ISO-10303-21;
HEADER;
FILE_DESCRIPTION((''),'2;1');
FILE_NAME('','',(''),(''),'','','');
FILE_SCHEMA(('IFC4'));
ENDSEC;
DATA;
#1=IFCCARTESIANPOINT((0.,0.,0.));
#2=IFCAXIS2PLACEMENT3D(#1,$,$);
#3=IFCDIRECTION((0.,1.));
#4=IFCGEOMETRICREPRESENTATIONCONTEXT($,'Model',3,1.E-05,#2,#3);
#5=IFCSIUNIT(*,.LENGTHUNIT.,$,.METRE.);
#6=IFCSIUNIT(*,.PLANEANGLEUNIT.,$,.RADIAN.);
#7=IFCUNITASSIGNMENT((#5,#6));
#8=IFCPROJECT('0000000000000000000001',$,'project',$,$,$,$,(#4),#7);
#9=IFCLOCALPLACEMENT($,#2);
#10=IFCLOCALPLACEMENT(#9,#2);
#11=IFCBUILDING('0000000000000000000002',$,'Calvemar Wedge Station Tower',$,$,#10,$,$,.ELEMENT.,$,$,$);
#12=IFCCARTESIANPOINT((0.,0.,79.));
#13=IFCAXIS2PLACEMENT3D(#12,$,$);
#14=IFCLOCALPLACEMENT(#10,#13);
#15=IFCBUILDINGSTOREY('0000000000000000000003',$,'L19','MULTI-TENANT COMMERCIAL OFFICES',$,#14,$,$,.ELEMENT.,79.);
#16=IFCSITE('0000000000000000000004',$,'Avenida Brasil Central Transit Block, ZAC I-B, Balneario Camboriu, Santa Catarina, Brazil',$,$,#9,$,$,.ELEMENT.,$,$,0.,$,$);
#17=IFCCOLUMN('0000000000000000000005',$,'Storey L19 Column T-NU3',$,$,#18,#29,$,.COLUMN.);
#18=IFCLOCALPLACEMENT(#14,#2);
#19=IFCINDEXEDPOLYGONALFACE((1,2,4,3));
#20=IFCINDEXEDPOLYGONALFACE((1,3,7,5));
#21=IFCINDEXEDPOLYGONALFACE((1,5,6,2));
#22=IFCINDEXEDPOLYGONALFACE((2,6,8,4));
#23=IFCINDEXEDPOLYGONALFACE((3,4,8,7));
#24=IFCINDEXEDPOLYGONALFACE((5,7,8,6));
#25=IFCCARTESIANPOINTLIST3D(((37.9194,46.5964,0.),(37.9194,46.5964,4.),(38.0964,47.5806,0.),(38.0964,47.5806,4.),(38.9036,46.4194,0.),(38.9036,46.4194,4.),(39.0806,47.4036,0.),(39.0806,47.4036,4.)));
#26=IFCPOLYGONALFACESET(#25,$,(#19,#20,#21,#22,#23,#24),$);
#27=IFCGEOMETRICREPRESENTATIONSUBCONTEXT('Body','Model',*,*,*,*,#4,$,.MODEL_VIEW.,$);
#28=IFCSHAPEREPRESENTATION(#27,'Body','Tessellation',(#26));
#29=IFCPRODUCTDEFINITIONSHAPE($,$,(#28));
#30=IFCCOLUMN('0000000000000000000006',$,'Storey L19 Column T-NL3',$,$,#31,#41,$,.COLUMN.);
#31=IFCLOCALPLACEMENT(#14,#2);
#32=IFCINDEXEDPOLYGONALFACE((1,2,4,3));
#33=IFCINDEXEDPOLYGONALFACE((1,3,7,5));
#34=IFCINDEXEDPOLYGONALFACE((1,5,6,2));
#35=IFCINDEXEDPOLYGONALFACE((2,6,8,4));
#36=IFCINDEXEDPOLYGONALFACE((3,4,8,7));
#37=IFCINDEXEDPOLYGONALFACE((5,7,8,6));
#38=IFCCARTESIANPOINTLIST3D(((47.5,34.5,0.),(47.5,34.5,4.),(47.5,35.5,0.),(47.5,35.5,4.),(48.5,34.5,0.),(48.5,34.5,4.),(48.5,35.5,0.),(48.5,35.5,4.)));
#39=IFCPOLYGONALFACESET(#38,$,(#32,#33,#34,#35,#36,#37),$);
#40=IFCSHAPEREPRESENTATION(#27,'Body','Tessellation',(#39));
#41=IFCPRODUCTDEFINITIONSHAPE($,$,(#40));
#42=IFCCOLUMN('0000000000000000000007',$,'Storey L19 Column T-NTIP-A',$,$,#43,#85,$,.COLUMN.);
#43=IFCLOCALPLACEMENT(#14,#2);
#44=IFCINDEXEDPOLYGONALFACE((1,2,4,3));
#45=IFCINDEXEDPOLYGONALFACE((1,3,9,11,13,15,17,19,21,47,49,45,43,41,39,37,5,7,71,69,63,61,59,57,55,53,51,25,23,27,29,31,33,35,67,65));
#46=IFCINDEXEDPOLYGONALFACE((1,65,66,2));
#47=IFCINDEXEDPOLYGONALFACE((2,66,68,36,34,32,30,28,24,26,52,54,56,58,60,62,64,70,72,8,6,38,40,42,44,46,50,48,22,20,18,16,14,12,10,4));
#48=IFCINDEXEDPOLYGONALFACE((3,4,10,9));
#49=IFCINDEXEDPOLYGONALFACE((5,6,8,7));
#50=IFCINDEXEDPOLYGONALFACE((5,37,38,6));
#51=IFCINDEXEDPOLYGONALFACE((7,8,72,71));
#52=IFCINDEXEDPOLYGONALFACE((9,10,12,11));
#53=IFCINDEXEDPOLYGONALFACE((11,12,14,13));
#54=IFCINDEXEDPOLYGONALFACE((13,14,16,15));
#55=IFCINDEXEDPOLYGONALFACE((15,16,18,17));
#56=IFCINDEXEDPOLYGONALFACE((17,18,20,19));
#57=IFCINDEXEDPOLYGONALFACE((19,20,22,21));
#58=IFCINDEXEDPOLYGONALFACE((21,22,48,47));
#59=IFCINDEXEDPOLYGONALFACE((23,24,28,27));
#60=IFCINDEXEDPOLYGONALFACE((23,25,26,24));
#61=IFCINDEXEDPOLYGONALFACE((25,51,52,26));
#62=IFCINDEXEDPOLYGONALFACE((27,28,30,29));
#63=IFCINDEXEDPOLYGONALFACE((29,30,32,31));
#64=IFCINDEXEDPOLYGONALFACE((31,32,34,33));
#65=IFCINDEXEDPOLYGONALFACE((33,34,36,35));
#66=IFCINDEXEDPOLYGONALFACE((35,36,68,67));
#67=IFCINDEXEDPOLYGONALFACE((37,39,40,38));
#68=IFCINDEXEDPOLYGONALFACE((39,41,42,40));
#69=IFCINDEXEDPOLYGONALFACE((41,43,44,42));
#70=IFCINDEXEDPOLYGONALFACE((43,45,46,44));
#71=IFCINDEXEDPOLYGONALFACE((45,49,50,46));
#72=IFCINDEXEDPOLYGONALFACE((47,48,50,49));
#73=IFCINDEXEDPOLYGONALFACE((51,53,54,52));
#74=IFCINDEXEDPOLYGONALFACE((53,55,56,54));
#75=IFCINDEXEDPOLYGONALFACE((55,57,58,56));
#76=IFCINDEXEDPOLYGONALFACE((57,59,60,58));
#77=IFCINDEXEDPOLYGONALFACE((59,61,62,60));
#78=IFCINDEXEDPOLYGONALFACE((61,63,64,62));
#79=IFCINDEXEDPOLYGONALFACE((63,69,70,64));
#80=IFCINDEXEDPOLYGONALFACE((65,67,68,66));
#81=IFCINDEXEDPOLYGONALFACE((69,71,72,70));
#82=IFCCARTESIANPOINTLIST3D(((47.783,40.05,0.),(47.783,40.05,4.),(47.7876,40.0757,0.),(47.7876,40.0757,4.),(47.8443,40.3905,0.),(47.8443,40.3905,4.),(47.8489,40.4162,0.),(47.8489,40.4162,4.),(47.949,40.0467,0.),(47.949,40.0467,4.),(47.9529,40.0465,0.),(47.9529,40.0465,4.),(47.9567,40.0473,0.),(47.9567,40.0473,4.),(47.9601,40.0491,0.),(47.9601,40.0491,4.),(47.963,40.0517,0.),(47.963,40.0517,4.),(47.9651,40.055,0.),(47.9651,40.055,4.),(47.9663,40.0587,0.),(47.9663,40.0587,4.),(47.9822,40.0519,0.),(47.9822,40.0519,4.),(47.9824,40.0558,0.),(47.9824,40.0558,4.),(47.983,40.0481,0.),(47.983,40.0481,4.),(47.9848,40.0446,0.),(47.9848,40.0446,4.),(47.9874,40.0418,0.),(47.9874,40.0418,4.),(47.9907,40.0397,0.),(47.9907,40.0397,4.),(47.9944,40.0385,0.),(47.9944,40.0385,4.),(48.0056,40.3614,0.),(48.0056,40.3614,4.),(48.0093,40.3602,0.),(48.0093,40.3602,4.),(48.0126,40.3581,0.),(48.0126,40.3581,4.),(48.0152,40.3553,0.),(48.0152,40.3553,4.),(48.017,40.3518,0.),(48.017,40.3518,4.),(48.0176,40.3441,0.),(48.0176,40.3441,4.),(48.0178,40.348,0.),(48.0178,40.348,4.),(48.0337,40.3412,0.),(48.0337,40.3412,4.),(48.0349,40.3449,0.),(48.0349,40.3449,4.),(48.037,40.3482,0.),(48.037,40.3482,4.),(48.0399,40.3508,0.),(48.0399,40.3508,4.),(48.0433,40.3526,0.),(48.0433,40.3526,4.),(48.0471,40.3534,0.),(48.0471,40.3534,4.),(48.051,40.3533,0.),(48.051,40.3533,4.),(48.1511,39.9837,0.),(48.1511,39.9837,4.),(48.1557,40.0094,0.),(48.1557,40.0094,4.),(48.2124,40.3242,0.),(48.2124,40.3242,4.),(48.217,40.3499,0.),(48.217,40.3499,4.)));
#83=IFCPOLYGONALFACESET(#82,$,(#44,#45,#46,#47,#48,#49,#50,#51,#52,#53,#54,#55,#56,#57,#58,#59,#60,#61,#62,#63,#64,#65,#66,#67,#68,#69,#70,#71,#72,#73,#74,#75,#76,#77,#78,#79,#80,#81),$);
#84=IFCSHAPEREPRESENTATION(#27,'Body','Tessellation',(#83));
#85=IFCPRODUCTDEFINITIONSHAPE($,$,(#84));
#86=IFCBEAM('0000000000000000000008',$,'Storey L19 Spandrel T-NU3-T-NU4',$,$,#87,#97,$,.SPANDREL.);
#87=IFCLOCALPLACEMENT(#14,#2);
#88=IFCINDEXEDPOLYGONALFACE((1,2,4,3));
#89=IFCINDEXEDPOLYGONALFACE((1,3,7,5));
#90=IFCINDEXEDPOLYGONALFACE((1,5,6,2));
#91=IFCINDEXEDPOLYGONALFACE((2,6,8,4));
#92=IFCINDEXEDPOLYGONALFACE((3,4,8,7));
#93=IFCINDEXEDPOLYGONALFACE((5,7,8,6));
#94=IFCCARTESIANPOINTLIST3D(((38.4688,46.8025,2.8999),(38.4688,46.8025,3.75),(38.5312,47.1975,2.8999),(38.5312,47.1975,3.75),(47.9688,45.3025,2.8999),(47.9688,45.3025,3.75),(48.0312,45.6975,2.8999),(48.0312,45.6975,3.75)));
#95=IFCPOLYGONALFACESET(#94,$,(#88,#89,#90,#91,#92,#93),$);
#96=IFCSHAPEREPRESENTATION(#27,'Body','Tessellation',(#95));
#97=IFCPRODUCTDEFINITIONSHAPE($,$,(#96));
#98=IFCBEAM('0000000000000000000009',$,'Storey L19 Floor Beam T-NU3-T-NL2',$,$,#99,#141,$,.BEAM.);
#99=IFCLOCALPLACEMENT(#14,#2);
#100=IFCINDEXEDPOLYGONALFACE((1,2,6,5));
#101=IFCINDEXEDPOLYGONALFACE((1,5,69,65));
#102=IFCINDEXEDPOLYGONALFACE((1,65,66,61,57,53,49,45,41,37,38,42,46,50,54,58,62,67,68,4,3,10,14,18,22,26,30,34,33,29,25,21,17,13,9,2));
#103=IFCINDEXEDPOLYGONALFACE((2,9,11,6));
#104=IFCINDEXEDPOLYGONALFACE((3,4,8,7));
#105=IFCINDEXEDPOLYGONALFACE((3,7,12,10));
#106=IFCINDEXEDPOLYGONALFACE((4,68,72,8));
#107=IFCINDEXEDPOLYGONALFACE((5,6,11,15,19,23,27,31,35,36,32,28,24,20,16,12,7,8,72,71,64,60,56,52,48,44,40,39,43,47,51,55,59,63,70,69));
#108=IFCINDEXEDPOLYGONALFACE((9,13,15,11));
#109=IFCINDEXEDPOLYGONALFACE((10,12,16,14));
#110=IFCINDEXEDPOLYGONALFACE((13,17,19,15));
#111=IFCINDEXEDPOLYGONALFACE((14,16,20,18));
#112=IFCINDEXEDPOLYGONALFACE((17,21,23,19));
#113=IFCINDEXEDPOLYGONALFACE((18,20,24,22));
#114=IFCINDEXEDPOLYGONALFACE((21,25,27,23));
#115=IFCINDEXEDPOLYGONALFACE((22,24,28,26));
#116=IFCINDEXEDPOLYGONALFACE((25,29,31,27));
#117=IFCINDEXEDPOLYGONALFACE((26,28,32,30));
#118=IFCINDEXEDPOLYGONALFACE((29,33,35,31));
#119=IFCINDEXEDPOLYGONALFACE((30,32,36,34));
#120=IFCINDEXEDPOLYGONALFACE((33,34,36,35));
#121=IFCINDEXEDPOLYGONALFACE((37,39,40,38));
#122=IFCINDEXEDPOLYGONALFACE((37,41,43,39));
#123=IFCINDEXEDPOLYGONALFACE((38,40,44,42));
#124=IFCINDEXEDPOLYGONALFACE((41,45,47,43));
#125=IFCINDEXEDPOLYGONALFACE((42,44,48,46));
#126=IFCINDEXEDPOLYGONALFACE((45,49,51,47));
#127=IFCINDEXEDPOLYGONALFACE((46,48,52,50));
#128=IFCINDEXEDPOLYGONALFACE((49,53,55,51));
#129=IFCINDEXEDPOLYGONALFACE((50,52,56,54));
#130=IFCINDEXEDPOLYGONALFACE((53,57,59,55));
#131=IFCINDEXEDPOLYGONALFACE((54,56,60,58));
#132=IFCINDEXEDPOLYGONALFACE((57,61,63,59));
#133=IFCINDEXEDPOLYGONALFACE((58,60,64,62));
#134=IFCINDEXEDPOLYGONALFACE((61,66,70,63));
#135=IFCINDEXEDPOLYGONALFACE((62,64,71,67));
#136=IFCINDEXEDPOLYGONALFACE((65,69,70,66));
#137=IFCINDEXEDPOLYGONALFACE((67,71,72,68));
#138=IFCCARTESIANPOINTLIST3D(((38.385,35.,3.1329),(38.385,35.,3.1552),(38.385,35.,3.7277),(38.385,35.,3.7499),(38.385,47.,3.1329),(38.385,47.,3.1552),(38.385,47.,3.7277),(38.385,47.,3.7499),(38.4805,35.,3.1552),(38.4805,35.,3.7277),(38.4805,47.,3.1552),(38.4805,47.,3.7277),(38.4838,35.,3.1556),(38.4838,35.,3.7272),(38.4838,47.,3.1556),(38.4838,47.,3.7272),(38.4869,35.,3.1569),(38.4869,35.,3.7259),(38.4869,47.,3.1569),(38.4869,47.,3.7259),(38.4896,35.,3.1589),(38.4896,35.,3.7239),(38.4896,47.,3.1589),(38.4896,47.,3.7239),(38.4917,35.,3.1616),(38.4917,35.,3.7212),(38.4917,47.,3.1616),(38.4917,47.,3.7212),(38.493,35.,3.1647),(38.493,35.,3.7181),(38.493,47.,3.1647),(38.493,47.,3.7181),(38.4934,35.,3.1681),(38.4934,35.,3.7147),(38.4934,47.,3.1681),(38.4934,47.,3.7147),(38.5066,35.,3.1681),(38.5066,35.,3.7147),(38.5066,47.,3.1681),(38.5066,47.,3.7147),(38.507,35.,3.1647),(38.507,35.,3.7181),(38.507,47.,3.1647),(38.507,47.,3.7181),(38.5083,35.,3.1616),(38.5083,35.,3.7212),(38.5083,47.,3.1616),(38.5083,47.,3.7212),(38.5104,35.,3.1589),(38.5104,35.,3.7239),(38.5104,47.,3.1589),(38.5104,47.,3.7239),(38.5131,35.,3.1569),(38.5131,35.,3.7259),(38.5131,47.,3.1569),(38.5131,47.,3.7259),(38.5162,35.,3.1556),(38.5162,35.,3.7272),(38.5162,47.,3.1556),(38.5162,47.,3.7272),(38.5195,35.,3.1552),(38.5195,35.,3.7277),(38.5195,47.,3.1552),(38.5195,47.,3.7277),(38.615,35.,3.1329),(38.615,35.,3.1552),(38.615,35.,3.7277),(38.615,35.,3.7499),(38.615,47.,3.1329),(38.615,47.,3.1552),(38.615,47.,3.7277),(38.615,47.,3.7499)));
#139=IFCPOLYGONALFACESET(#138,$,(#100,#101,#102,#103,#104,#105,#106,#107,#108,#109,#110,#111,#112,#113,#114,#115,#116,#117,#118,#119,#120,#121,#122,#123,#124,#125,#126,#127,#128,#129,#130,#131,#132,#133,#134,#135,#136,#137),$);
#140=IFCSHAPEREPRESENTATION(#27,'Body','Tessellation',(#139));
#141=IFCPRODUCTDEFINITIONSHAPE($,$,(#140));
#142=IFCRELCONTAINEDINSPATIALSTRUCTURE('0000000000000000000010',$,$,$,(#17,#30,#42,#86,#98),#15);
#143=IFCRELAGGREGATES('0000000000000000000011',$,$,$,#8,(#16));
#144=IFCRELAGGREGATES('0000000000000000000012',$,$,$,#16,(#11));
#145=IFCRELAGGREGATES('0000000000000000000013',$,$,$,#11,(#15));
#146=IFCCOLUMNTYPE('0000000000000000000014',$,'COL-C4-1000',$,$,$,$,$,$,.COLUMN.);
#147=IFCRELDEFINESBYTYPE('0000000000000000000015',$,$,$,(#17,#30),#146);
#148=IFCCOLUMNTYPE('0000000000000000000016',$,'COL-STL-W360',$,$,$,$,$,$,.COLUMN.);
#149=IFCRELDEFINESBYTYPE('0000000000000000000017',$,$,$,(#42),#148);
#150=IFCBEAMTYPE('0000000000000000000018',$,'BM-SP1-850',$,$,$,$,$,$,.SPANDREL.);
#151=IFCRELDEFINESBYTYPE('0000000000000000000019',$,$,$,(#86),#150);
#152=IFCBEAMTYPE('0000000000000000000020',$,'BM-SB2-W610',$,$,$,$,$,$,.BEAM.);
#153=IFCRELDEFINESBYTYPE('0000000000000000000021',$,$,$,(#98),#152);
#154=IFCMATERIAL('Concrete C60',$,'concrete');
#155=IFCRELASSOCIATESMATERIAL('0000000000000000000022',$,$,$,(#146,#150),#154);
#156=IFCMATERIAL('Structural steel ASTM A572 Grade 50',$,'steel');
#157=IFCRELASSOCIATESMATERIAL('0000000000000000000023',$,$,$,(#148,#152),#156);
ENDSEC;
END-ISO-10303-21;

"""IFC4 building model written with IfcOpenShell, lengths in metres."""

from ifc_helpers import new_model, si_unit, direction, frame, origin, origin_2d, place, context, subcontext, project, spatial, rectangle, i_section, extrude, source, transform, mapped, material, material_profile, profile_set, type_object, element, save


model = new_model("IFC4")

# Units and contexts
model_context = context("Model", 3, precision=1e-05, world=origin(), true_north=direction((0.0, 1.0)))
body_context = subcontext(model_context, "Body", "Model", "MODEL_VIEW")
ifc_project = project(units=[si_unit("LENGTHUNIT", "METRE"), si_unit("PLANEANGLEUNIT", "RADIAN")], contexts=[model_context])

# Site, building, storey
site_placement = place(None, origin())
site = spatial("IfcSite", under=ifc_project, at=site_placement, Name="Avenida Brasil Central Transit Block, ZAC I-B, Balneario Camboriu, Santa Catarina, Brazil", CompositionType="ELEMENT", RefElevation=0.0)
building_placement = place(site_placement, origin())
building = spatial("IfcBuilding", under=site, at=building_placement, Name="Calvemar Wedge Station Tower", CompositionType="ELEMENT")
storey_placement = place(building_placement, frame((0.0, 0.0, 79.0)))
storey = spatial("IfcBuildingStorey", under=building, at=storey_placement, Name="L19", Description="MULTI-TENANT COMMERCIAL OFFICES", CompositionType="ELEMENT", Elevation=79.0)

# Columns
ifc_material_1 = material(Name="Concrete C60", Category="concrete")
ifc_material_profile_1 = material_profile(ifc_material_1, rectangle(XDim=1.0, YDim=1.0, at=origin_2d()), Name="RC1000x1000")
ifc_profile_set_1 = profile_set([ifc_material_profile_1], Name="Concrete C60")
column_type_1 = type_object("IfcColumnType", Name="COL-C4-1000", PredefinedType="COLUMN", material=ifc_profile_set_1)
shared_shape_1 = source(origin(), body_context, "Body", "SweptSolid", [
    extrude(rectangle(XDim=1.0, YDim=1.0, at=origin_2d()), origin(), (0.0, 0.0, 1.0), 4.0),
])
for number, where, z_axis, x_axis, name in (
    (1, (38.5, 47.0, 0.0), (0.0, 0.0, 1.0), (0.984196, -0.177085, 0.0), "Storey L19 Column T-NU3"),
    (2, (48.0, 35.0, 0.0), (0.0, 0.0, 1.0), (1.0, 0.0, 0.0), "Storey L19 Column T-NL3"),
):
    element("IfcColumn", number, at=place(storey_placement, frame(where, z_axis=z_axis, x_axis=x_axis)), inside=storey, type_object=column_type_1, Name=name, PredefinedType="COLUMN", context=body_context, shape_type="MappedRepresentation", body=[
        mapped(shared_shape_1, transform((0.0, 0.0, 0.0), scale=1.0)),
    ])
ifc_material_2 = material(Name="Structural steel ASTM A572 Grade 50", Category="steel")
ifc_material_profile_2 = material_profile(ifc_material_2, i_section(OverallWidth=0.374, OverallDepth=0.3721, WebThickness=0.0164, FlangeThickness=0.0261, FilletRadius=0.0149, at=origin_2d()), Name="W360x196")
ifc_profile_set_2 = profile_set([ifc_material_profile_2], Name="Structural steel ASTM A572 Grade 50")
column_type_2 = type_object("IfcColumnType", Name="COL-STL-W360", PredefinedType="COLUMN", material=ifc_profile_set_2)
shared_shape_2 = source(origin(), body_context, "Body", "SweptSolid", [
    extrude(i_section(OverallWidth=0.374, OverallDepth=0.3721, WebThickness=0.0164, FlangeThickness=0.0261, FilletRadius=0.0149, at=origin_2d()), origin(), (0.0, 0.0, 1.0), 4.0),
])
column_placement = place(storey_placement, frame((48.0, 40.2, 0.0), z_axis=(0.0, 0.0, 1.0), x_axis=(0.984196, -0.177085, 0.0)))
element("IfcColumn", 3, at=column_placement, inside=storey, type_object=column_type_2, Name="Storey L19 Column T-NTIP-A", PredefinedType="COLUMN", context=body_context, shape_type="MappedRepresentation", body=[
    mapped(shared_shape_2, transform((0.0, 0.0, 0.0), scale=1.0)),
])

# Beams
ifc_material_profile_3 = material_profile(ifc_material_1, rectangle(XDim=0.3999, YDim=0.8501, at=origin_2d()), Name="RC400x850")
ifc_profile_set_3 = profile_set([ifc_material_profile_3], Name="Concrete C60")
beam_type_1 = type_object("IfcBeamType", Name="BM-SP1-850", PredefinedType="SPANDREL", material=ifc_profile_set_3)
shared_shape_3 = source(origin(), body_context, "Body", "SweptSolid", [
    extrude(rectangle(XDim=0.3999, YDim=0.8501, at=origin_2d()), origin(), (0.0, 0.0, 1.0), 9.6177),
])
beam_1_placement = place(storey_placement, frame((38.5, 47.0, 3.325), z_axis=(0.987763, -0.155963, 0.0), x_axis=(0.155963, 0.987763, 0.0)))
element("IfcBeam", 4, at=beam_1_placement, inside=storey, type_object=beam_type_1, Name="Storey L19 Spandrel T-NU3-T-NU4", PredefinedType="SPANDREL", context=body_context, shape_type="MappedRepresentation", body=[
    mapped(shared_shape_3, transform((0.0, 0.0, 0.0), scale=1.0)),
])
ifc_material_profile_4 = material_profile(ifc_material_2, i_section(OverallWidth=0.23, OverallDepth=0.6169, WebThickness=0.0132, FlangeThickness=0.0222, FilletRadius=0.0129, at=origin_2d()), Name="W610x140")
ifc_profile_set_4 = profile_set([ifc_material_profile_4], Name="Structural steel ASTM A572 Grade 50")
beam_type_2 = type_object("IfcBeamType", Name="BM-SB2-W610", PredefinedType="BEAM", material=ifc_profile_set_4)
shared_shape_4 = source(origin(), body_context, "Body", "SweptSolid", [
    extrude(i_section(OverallWidth=0.23, OverallDepth=0.6169, WebThickness=0.0132, FlangeThickness=0.0222, FilletRadius=0.0129, at=origin_2d()), origin(), (0.0, 0.0, 1.0), 12.0),
])
beam_2_placement = place(storey_placement, frame((38.5, 47.0, 3.4414), z_axis=(0.0, -1.0, 0.0), x_axis=(1.0, 0.0, 0.0)))
element("IfcBeam", 5, at=beam_2_placement, inside=storey, type_object=beam_type_2, Name="Storey L19 Floor Beam T-NU3-T-NL2", PredefinedType="BEAM", context=body_context, shape_type="MappedRepresentation", body=[
    mapped(shared_shape_4, transform((0.0, 0.0, 0.0), scale=1.0)),
])

save(model, "model.ifc")
